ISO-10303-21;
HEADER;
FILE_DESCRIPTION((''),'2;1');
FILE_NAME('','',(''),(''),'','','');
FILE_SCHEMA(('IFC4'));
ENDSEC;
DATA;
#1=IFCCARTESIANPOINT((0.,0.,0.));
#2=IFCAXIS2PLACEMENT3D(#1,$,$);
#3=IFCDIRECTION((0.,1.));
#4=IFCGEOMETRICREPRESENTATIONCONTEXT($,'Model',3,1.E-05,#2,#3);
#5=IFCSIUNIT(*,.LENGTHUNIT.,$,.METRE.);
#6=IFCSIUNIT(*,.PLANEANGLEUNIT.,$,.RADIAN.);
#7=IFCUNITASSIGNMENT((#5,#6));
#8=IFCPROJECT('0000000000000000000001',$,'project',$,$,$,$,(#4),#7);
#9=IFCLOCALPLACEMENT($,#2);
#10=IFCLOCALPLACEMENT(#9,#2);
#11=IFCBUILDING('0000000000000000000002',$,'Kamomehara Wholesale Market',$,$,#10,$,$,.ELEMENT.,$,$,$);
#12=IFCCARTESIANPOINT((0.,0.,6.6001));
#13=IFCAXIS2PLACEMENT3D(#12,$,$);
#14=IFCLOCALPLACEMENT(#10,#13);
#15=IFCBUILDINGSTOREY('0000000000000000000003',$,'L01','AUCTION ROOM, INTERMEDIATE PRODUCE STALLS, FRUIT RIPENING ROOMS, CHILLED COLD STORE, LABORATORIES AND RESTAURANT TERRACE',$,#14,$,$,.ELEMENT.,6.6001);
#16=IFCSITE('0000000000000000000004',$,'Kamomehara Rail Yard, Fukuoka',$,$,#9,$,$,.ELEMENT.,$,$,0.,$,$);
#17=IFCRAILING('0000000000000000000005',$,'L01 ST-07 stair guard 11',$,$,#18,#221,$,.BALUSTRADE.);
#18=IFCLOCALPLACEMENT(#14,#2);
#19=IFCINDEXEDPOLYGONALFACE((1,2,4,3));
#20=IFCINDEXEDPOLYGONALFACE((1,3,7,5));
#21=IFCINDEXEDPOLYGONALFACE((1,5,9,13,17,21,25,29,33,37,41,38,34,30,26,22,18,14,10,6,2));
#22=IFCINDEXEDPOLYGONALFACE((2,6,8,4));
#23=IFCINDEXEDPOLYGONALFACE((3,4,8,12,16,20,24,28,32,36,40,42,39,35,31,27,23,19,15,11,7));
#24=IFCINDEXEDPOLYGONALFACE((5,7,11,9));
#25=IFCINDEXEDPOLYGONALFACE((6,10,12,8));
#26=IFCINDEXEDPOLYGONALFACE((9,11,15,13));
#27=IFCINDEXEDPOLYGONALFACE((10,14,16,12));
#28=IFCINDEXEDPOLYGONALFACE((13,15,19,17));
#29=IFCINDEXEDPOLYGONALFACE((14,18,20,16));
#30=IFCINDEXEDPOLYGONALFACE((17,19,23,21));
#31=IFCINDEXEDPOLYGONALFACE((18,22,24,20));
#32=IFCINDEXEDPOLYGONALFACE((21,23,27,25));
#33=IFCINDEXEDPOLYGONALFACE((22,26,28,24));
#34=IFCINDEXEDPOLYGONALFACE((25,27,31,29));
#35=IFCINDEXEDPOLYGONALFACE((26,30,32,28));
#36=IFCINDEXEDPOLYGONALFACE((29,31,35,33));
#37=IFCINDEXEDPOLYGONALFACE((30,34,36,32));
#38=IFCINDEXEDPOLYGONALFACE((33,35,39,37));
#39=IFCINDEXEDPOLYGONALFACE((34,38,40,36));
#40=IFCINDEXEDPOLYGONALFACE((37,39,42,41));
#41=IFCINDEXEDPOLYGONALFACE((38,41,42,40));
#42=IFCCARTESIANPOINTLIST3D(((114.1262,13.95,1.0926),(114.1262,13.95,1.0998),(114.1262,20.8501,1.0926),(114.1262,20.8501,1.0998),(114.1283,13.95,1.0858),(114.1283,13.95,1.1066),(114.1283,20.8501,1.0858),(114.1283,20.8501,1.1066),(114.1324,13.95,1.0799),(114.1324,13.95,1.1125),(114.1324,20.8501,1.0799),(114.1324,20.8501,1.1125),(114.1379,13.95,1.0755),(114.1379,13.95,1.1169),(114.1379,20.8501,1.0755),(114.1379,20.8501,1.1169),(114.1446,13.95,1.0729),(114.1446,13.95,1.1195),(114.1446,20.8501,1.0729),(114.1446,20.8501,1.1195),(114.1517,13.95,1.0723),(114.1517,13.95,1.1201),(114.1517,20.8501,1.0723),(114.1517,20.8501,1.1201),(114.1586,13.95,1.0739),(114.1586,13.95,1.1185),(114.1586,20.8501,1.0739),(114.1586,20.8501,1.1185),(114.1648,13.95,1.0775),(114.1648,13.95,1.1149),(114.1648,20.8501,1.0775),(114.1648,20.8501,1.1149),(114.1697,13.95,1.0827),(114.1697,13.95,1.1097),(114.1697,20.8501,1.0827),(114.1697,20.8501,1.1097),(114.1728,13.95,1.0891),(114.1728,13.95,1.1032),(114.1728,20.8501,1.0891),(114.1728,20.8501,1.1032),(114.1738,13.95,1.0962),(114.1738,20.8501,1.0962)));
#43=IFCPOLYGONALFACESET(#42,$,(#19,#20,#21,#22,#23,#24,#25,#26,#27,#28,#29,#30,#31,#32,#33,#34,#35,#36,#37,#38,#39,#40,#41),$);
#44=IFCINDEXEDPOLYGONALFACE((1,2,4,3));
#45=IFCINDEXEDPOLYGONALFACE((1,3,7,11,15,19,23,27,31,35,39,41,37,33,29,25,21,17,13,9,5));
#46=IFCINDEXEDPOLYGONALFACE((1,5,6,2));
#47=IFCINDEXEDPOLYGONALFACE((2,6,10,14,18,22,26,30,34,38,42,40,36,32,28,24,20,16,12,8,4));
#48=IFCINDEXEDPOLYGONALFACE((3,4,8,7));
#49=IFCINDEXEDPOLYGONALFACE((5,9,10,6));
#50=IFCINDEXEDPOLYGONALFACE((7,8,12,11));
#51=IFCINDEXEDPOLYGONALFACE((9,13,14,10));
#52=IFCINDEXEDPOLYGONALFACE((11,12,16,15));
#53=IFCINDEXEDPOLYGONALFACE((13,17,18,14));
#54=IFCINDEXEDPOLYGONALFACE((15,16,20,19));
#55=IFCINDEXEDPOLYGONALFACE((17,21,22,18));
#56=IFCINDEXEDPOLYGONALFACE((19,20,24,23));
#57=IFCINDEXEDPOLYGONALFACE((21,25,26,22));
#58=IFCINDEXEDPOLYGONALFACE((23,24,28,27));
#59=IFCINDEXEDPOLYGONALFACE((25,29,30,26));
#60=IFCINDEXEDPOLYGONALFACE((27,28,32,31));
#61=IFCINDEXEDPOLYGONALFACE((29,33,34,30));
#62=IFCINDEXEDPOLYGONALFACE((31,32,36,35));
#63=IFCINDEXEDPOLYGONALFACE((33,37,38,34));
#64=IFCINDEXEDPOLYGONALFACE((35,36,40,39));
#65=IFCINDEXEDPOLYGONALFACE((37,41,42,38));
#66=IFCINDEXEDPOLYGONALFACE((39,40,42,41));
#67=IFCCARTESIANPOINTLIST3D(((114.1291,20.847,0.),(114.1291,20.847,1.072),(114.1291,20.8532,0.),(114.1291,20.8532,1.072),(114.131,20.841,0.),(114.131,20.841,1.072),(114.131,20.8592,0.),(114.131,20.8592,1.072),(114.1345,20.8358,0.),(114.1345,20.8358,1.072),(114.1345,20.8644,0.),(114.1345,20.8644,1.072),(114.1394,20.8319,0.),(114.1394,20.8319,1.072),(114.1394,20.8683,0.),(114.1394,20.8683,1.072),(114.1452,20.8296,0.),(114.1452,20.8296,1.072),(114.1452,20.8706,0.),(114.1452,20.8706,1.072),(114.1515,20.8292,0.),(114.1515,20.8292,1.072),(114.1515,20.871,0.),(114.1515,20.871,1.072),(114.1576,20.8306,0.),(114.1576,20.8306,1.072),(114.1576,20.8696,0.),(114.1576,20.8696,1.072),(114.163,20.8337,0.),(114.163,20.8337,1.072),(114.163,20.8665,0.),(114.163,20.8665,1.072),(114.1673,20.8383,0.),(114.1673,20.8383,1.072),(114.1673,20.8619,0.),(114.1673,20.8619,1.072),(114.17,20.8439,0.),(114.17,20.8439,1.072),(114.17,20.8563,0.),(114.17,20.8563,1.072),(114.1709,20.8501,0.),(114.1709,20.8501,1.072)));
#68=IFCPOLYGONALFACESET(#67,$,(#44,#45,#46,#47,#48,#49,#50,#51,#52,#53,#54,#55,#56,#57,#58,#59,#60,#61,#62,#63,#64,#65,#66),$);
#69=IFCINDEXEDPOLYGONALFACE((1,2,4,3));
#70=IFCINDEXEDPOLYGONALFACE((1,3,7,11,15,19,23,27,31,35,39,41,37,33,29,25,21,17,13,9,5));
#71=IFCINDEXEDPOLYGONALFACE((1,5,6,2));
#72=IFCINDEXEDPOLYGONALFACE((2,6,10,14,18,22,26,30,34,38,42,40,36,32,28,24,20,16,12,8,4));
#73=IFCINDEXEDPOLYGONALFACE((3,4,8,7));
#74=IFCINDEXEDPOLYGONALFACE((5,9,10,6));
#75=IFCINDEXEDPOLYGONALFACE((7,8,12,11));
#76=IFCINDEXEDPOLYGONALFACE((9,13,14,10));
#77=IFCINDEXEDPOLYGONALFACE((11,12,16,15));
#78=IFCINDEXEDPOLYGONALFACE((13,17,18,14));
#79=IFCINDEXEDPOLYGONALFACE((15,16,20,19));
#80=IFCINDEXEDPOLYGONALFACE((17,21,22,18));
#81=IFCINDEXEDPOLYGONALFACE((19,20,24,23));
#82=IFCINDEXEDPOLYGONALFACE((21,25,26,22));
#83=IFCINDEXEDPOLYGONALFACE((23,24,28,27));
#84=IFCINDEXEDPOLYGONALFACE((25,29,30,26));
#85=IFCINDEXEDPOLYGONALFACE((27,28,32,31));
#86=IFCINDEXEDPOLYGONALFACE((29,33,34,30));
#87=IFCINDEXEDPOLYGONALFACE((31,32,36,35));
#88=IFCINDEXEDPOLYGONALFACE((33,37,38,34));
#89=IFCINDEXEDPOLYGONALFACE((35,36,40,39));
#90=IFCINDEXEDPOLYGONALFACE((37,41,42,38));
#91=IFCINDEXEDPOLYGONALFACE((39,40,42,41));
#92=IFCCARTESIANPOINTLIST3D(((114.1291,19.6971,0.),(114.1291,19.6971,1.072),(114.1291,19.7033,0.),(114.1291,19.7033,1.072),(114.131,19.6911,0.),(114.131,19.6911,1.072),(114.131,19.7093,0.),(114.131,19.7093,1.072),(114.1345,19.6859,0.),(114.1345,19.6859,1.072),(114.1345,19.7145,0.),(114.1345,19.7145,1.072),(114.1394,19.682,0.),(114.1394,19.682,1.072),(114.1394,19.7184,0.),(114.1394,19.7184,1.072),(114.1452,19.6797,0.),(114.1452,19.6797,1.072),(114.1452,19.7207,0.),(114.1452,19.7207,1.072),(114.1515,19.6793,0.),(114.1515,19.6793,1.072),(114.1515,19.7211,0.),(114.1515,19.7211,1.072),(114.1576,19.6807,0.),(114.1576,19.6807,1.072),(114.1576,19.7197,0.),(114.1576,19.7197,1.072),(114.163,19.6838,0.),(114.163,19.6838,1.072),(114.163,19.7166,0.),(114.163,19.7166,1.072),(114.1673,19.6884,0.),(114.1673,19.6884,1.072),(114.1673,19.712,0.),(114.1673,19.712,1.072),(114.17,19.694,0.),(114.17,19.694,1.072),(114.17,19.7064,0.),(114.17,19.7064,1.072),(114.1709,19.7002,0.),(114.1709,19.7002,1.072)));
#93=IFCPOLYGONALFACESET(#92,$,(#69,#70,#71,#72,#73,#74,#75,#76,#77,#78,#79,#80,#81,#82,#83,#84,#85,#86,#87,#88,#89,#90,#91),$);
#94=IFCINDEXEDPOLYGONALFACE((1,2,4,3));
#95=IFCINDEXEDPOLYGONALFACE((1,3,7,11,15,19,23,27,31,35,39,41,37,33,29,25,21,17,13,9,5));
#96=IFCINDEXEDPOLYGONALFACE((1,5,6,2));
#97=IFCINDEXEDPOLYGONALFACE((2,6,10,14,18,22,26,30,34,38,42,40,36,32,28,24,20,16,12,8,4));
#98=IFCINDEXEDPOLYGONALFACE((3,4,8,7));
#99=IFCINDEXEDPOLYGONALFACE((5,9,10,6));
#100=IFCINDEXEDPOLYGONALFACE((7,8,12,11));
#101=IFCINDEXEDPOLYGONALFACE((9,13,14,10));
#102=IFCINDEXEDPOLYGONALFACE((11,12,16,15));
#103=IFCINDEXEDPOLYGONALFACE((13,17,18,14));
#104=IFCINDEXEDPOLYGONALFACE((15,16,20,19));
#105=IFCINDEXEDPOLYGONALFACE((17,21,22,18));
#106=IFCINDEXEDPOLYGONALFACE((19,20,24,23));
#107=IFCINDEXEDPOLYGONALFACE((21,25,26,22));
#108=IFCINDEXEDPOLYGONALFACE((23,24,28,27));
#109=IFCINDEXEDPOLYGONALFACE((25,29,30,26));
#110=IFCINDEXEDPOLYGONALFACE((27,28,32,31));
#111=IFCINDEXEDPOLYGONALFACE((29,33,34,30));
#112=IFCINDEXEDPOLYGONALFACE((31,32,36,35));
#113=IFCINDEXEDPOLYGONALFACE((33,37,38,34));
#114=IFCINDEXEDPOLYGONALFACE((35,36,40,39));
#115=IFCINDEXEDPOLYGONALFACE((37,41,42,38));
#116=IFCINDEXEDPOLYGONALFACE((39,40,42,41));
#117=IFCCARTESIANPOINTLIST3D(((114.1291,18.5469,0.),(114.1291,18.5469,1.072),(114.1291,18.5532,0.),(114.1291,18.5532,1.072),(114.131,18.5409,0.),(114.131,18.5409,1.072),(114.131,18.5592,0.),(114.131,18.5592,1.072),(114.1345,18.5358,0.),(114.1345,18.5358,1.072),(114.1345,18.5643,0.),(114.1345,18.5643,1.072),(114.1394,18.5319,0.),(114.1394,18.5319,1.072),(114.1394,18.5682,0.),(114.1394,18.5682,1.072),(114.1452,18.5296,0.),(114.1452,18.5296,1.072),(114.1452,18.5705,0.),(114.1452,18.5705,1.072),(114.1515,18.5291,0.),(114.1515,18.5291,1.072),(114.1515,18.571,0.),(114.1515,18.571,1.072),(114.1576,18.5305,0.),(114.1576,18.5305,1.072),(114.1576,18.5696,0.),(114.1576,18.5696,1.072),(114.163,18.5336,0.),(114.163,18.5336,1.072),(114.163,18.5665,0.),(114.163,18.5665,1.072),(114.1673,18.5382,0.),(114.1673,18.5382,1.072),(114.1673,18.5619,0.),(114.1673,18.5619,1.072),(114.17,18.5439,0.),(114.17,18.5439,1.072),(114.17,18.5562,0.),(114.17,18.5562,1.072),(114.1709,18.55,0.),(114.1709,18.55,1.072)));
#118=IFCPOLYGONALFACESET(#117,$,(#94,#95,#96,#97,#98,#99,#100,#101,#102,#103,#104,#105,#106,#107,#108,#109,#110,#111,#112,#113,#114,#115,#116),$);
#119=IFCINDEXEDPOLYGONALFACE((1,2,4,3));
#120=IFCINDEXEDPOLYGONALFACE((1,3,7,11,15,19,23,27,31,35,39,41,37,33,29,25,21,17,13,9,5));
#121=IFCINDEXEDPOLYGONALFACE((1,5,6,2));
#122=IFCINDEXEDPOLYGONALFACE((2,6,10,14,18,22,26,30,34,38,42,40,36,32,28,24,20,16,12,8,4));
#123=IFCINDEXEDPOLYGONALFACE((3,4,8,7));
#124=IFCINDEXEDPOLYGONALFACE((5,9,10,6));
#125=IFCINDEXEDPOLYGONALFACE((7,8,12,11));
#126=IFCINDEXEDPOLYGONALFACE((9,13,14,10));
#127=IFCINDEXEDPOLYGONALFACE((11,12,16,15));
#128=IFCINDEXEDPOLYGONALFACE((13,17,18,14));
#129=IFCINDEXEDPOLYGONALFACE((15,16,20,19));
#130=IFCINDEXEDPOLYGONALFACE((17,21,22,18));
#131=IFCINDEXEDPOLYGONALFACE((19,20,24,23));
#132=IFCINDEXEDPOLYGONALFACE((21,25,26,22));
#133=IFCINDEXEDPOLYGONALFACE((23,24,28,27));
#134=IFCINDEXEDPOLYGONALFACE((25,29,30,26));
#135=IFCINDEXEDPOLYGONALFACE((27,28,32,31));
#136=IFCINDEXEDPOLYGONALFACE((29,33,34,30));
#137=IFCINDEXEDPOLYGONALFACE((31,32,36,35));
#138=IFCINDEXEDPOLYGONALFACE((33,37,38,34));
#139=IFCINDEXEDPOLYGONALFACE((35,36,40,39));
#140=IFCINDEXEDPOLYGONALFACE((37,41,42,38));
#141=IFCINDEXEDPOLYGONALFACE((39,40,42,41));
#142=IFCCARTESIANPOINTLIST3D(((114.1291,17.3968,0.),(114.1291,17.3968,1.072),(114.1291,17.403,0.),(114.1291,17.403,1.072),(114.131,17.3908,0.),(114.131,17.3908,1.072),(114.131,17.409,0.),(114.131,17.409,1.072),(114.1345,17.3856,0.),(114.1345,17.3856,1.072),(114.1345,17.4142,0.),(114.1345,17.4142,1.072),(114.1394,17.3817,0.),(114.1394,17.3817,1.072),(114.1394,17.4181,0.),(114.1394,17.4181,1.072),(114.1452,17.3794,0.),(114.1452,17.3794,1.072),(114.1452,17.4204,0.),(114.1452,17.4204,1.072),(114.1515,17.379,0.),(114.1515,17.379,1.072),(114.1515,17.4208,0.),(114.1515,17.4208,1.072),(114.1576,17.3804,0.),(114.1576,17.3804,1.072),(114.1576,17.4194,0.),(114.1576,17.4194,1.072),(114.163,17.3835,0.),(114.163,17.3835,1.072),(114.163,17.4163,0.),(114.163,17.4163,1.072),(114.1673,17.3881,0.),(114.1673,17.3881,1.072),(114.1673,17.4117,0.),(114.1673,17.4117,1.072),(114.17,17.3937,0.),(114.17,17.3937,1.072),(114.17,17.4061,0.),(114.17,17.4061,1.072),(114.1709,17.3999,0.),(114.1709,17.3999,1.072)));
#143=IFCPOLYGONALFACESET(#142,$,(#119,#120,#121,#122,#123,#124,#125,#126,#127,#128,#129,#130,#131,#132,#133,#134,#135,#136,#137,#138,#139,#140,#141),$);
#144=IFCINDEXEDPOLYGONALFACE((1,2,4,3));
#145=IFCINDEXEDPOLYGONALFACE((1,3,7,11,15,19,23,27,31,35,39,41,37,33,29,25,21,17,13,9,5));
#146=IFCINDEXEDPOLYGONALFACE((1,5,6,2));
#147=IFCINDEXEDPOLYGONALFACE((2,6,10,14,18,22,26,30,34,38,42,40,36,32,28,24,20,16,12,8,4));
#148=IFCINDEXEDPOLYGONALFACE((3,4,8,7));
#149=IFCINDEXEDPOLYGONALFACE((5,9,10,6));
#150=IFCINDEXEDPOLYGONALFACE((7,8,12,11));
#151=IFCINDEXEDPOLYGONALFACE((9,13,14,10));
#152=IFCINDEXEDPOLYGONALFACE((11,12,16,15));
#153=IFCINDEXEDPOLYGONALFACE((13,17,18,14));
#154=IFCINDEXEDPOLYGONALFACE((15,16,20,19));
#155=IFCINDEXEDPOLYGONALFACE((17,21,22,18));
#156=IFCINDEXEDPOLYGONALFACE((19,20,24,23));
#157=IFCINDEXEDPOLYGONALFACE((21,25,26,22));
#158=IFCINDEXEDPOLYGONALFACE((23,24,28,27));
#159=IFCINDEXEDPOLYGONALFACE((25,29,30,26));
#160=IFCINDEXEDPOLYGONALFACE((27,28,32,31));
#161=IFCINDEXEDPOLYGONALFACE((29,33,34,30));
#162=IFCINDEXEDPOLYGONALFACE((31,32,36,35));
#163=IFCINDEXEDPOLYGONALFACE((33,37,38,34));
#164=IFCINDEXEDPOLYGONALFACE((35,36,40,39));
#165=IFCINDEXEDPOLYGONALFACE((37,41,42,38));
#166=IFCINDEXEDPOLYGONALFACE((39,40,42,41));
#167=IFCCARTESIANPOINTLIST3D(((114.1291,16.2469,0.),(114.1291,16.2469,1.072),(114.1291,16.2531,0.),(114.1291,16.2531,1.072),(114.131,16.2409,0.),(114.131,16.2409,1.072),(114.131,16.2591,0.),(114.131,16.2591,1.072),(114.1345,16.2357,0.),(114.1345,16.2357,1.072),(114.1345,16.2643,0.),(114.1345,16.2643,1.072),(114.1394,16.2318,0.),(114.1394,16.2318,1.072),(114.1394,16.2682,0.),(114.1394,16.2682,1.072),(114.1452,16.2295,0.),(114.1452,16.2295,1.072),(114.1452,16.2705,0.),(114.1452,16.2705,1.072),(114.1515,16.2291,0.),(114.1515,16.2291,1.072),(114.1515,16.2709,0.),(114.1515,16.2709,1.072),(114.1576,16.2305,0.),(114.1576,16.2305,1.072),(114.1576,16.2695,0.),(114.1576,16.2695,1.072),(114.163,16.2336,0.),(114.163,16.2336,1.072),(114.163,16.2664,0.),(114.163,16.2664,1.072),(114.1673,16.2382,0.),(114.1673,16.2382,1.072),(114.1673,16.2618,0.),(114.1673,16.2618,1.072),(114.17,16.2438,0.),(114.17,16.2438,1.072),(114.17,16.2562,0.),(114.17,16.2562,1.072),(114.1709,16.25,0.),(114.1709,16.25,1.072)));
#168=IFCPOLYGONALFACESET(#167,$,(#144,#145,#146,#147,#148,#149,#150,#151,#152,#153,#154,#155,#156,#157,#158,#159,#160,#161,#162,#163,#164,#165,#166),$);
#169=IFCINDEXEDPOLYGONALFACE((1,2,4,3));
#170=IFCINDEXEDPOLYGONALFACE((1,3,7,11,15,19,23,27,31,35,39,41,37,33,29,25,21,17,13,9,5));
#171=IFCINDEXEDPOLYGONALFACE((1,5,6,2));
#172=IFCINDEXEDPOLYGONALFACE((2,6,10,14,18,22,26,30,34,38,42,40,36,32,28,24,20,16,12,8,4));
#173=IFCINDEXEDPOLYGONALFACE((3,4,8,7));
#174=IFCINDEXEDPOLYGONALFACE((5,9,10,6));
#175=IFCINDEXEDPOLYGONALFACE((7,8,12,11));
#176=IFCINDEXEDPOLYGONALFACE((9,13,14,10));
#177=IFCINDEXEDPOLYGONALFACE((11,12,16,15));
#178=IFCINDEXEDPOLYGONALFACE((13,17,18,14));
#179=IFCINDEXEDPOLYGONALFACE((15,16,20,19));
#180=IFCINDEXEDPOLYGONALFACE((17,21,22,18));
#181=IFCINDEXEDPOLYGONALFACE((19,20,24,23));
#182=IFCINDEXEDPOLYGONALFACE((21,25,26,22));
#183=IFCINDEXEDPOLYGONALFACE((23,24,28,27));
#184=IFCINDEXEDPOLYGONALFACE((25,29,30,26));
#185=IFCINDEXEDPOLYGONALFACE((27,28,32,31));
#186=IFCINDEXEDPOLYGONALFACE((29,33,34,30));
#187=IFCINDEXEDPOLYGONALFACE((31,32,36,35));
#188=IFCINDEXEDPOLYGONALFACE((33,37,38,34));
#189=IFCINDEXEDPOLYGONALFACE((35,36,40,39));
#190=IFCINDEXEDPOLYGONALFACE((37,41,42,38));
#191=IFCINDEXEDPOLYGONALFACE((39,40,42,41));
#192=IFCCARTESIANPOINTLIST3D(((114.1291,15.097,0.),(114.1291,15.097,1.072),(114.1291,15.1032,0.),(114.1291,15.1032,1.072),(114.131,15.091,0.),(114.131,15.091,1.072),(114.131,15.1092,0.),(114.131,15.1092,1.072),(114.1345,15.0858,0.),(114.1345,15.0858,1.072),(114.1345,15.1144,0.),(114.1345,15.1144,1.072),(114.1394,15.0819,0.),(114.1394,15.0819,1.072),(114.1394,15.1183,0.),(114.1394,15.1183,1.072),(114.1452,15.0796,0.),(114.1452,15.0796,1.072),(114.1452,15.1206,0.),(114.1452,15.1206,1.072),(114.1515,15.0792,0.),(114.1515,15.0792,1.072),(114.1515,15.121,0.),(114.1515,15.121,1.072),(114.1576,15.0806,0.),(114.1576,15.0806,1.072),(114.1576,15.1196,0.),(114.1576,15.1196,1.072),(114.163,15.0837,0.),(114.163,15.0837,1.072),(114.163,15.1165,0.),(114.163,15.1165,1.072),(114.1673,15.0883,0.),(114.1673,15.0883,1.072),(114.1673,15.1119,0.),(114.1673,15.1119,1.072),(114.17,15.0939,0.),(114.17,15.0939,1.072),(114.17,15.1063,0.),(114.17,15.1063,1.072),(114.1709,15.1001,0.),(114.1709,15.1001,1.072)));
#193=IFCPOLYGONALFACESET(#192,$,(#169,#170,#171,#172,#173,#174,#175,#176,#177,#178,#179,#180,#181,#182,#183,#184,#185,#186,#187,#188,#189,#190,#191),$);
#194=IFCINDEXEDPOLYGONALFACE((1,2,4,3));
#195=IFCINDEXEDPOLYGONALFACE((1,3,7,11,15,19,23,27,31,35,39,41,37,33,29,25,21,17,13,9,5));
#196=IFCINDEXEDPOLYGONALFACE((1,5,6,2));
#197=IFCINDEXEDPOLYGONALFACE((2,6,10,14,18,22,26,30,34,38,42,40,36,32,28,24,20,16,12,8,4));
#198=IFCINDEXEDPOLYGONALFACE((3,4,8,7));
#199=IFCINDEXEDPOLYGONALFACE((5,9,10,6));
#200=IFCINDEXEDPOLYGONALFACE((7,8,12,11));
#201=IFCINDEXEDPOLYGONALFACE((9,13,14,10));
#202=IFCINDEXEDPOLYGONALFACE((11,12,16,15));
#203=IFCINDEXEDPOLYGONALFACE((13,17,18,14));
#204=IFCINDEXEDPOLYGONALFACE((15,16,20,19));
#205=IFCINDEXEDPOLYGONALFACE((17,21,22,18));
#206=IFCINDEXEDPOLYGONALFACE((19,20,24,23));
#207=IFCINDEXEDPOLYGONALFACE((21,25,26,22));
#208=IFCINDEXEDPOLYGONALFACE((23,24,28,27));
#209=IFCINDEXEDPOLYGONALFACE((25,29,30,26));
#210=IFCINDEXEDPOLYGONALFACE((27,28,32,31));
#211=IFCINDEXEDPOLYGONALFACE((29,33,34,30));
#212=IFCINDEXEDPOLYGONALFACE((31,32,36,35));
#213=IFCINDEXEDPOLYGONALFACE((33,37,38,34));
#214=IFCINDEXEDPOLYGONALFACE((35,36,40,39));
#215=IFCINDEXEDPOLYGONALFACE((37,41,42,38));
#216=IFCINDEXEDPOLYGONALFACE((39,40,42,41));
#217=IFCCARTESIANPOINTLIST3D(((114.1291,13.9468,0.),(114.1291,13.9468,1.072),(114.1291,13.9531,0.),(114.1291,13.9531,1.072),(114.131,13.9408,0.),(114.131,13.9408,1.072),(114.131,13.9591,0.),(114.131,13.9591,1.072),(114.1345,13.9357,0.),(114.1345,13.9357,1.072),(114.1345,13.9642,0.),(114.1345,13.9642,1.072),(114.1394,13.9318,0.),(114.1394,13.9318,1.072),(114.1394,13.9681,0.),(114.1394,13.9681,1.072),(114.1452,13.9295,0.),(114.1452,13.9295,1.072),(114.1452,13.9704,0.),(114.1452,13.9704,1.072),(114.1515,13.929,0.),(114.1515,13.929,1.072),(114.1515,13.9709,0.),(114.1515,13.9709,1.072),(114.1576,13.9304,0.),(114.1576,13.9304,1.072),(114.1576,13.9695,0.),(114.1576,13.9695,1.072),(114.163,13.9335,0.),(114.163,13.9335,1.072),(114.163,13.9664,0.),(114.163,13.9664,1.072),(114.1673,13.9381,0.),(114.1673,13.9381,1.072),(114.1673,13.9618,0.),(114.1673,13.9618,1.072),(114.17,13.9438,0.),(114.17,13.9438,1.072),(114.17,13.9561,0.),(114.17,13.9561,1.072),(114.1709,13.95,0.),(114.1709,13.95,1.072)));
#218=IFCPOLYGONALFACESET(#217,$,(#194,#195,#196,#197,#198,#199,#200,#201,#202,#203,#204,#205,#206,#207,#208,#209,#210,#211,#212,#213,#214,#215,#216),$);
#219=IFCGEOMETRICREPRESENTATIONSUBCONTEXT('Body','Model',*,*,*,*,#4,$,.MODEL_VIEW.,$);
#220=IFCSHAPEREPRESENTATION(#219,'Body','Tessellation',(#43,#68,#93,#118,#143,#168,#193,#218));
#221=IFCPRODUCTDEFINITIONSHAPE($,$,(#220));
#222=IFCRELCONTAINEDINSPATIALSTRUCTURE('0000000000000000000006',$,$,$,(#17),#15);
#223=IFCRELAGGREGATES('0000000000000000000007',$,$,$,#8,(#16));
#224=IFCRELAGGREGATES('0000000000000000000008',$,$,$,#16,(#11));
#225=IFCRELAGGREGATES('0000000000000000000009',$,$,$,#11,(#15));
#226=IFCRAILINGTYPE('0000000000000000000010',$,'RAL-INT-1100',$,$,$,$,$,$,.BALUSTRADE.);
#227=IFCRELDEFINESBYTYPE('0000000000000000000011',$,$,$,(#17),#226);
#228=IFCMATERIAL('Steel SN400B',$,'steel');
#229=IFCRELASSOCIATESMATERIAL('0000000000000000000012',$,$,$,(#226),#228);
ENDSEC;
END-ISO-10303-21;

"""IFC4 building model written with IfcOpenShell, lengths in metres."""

from ifc_helpers import new_model, si_unit, direction, frame, origin, origin_2d, place, context, subcontext, project, spatial, circle, extrude, material, type_object, element, save


model = new_model("IFC4")

# Units and contexts
model_context = context("Model", 3, precision=1e-05, world=origin(), true_north=direction((0.0, 1.0)))
body_context = subcontext(model_context, "Body", "Model", "MODEL_VIEW")
ifc_project = project(units=[si_unit("LENGTHUNIT", "METRE"), si_unit("PLANEANGLEUNIT", "RADIAN")], contexts=[model_context])

# Site, building, storey
site_placement = place(None, origin())
site = spatial("IfcSite", under=ifc_project, at=site_placement, Name="Kamomehara Rail Yard, Fukuoka", CompositionType="ELEMENT", RefElevation=0.0)
building_placement = place(site_placement, origin())
building = spatial("IfcBuilding", under=site, at=building_placement, Name="Kamomehara Wholesale Market", CompositionType="ELEMENT")
storey_placement = place(building_placement, frame((0.0, 0.0, 6.6001)))
storey = spatial("IfcBuildingStorey", under=building, at=storey_placement, Name="L01", Description="AUCTION ROOM, INTERMEDIATE PRODUCE STALLS, FRUIT RIPENING ROOMS, CHILLED COLD STORE, LABORATORIES AND RESTAURANT TERRACE", CompositionType="ELEMENT", Elevation=6.6001)

# Railing
ifc_material_1 = material(Name="Steel SN400B", Category="steel")
railing_type_1 = type_object("IfcRailingType", Name="RAL-INT-1100", PredefinedType="BALUSTRADE", material=ifc_material_1)
railing_1_placement = place(storey_placement, frame((114.1499, 20.8501, 0.0)))
element("IfcRailing", 1, at=railing_1_placement, inside=storey, type_object=railing_type_1, Name="L01 ST-07 stair guard 11", PredefinedType="BALUSTRADE", context=body_context, shape_type="SweptSolid", body=[
    extrude(circle(Radius=0.0239, at=origin_2d()), frame((0.0, 0.0, 1.0962), z_axis=(0.0, -1.0, 0.0), x_axis=(1.0, 0.0, 0.0)), (0.0, 0.0, 1.0), 6.9001),
    extrude(circle(Radius=0.021, at=origin_2d()), origin(), (0.0, 0.0, 1.0), 1.072),
    extrude(circle(Radius=0.021, at=origin_2d()), frame((0.0, -1.1499, 0.0)), (0.0, 0.0, 1.0), 1.072),
    extrude(circle(Radius=0.021, at=origin_2d()), frame((0.0, -2.3, 0.0)), (0.0, 0.0, 1.0), 1.072),
    extrude(circle(Radius=0.021, at=origin_2d()), frame((0.0, -3.4502, 0.0)), (0.0, 0.0, 1.0), 1.072),
    extrude(circle(Radius=0.021, at=origin_2d()), frame((0.0, -4.6001, 0.0)), (0.0, 0.0, 1.0), 1.072),
    extrude(circle(Radius=0.021, at=origin_2d()), frame((0.0, -5.75, 0.0)), (0.0, 0.0, 1.0), 1.072),
    extrude(circle(Radius=0.021, at=origin_2d()), frame((0.0, -6.9001, 0.0)), (0.0, 0.0, 1.0), 1.072),
])

save(model, "model.ifc")
